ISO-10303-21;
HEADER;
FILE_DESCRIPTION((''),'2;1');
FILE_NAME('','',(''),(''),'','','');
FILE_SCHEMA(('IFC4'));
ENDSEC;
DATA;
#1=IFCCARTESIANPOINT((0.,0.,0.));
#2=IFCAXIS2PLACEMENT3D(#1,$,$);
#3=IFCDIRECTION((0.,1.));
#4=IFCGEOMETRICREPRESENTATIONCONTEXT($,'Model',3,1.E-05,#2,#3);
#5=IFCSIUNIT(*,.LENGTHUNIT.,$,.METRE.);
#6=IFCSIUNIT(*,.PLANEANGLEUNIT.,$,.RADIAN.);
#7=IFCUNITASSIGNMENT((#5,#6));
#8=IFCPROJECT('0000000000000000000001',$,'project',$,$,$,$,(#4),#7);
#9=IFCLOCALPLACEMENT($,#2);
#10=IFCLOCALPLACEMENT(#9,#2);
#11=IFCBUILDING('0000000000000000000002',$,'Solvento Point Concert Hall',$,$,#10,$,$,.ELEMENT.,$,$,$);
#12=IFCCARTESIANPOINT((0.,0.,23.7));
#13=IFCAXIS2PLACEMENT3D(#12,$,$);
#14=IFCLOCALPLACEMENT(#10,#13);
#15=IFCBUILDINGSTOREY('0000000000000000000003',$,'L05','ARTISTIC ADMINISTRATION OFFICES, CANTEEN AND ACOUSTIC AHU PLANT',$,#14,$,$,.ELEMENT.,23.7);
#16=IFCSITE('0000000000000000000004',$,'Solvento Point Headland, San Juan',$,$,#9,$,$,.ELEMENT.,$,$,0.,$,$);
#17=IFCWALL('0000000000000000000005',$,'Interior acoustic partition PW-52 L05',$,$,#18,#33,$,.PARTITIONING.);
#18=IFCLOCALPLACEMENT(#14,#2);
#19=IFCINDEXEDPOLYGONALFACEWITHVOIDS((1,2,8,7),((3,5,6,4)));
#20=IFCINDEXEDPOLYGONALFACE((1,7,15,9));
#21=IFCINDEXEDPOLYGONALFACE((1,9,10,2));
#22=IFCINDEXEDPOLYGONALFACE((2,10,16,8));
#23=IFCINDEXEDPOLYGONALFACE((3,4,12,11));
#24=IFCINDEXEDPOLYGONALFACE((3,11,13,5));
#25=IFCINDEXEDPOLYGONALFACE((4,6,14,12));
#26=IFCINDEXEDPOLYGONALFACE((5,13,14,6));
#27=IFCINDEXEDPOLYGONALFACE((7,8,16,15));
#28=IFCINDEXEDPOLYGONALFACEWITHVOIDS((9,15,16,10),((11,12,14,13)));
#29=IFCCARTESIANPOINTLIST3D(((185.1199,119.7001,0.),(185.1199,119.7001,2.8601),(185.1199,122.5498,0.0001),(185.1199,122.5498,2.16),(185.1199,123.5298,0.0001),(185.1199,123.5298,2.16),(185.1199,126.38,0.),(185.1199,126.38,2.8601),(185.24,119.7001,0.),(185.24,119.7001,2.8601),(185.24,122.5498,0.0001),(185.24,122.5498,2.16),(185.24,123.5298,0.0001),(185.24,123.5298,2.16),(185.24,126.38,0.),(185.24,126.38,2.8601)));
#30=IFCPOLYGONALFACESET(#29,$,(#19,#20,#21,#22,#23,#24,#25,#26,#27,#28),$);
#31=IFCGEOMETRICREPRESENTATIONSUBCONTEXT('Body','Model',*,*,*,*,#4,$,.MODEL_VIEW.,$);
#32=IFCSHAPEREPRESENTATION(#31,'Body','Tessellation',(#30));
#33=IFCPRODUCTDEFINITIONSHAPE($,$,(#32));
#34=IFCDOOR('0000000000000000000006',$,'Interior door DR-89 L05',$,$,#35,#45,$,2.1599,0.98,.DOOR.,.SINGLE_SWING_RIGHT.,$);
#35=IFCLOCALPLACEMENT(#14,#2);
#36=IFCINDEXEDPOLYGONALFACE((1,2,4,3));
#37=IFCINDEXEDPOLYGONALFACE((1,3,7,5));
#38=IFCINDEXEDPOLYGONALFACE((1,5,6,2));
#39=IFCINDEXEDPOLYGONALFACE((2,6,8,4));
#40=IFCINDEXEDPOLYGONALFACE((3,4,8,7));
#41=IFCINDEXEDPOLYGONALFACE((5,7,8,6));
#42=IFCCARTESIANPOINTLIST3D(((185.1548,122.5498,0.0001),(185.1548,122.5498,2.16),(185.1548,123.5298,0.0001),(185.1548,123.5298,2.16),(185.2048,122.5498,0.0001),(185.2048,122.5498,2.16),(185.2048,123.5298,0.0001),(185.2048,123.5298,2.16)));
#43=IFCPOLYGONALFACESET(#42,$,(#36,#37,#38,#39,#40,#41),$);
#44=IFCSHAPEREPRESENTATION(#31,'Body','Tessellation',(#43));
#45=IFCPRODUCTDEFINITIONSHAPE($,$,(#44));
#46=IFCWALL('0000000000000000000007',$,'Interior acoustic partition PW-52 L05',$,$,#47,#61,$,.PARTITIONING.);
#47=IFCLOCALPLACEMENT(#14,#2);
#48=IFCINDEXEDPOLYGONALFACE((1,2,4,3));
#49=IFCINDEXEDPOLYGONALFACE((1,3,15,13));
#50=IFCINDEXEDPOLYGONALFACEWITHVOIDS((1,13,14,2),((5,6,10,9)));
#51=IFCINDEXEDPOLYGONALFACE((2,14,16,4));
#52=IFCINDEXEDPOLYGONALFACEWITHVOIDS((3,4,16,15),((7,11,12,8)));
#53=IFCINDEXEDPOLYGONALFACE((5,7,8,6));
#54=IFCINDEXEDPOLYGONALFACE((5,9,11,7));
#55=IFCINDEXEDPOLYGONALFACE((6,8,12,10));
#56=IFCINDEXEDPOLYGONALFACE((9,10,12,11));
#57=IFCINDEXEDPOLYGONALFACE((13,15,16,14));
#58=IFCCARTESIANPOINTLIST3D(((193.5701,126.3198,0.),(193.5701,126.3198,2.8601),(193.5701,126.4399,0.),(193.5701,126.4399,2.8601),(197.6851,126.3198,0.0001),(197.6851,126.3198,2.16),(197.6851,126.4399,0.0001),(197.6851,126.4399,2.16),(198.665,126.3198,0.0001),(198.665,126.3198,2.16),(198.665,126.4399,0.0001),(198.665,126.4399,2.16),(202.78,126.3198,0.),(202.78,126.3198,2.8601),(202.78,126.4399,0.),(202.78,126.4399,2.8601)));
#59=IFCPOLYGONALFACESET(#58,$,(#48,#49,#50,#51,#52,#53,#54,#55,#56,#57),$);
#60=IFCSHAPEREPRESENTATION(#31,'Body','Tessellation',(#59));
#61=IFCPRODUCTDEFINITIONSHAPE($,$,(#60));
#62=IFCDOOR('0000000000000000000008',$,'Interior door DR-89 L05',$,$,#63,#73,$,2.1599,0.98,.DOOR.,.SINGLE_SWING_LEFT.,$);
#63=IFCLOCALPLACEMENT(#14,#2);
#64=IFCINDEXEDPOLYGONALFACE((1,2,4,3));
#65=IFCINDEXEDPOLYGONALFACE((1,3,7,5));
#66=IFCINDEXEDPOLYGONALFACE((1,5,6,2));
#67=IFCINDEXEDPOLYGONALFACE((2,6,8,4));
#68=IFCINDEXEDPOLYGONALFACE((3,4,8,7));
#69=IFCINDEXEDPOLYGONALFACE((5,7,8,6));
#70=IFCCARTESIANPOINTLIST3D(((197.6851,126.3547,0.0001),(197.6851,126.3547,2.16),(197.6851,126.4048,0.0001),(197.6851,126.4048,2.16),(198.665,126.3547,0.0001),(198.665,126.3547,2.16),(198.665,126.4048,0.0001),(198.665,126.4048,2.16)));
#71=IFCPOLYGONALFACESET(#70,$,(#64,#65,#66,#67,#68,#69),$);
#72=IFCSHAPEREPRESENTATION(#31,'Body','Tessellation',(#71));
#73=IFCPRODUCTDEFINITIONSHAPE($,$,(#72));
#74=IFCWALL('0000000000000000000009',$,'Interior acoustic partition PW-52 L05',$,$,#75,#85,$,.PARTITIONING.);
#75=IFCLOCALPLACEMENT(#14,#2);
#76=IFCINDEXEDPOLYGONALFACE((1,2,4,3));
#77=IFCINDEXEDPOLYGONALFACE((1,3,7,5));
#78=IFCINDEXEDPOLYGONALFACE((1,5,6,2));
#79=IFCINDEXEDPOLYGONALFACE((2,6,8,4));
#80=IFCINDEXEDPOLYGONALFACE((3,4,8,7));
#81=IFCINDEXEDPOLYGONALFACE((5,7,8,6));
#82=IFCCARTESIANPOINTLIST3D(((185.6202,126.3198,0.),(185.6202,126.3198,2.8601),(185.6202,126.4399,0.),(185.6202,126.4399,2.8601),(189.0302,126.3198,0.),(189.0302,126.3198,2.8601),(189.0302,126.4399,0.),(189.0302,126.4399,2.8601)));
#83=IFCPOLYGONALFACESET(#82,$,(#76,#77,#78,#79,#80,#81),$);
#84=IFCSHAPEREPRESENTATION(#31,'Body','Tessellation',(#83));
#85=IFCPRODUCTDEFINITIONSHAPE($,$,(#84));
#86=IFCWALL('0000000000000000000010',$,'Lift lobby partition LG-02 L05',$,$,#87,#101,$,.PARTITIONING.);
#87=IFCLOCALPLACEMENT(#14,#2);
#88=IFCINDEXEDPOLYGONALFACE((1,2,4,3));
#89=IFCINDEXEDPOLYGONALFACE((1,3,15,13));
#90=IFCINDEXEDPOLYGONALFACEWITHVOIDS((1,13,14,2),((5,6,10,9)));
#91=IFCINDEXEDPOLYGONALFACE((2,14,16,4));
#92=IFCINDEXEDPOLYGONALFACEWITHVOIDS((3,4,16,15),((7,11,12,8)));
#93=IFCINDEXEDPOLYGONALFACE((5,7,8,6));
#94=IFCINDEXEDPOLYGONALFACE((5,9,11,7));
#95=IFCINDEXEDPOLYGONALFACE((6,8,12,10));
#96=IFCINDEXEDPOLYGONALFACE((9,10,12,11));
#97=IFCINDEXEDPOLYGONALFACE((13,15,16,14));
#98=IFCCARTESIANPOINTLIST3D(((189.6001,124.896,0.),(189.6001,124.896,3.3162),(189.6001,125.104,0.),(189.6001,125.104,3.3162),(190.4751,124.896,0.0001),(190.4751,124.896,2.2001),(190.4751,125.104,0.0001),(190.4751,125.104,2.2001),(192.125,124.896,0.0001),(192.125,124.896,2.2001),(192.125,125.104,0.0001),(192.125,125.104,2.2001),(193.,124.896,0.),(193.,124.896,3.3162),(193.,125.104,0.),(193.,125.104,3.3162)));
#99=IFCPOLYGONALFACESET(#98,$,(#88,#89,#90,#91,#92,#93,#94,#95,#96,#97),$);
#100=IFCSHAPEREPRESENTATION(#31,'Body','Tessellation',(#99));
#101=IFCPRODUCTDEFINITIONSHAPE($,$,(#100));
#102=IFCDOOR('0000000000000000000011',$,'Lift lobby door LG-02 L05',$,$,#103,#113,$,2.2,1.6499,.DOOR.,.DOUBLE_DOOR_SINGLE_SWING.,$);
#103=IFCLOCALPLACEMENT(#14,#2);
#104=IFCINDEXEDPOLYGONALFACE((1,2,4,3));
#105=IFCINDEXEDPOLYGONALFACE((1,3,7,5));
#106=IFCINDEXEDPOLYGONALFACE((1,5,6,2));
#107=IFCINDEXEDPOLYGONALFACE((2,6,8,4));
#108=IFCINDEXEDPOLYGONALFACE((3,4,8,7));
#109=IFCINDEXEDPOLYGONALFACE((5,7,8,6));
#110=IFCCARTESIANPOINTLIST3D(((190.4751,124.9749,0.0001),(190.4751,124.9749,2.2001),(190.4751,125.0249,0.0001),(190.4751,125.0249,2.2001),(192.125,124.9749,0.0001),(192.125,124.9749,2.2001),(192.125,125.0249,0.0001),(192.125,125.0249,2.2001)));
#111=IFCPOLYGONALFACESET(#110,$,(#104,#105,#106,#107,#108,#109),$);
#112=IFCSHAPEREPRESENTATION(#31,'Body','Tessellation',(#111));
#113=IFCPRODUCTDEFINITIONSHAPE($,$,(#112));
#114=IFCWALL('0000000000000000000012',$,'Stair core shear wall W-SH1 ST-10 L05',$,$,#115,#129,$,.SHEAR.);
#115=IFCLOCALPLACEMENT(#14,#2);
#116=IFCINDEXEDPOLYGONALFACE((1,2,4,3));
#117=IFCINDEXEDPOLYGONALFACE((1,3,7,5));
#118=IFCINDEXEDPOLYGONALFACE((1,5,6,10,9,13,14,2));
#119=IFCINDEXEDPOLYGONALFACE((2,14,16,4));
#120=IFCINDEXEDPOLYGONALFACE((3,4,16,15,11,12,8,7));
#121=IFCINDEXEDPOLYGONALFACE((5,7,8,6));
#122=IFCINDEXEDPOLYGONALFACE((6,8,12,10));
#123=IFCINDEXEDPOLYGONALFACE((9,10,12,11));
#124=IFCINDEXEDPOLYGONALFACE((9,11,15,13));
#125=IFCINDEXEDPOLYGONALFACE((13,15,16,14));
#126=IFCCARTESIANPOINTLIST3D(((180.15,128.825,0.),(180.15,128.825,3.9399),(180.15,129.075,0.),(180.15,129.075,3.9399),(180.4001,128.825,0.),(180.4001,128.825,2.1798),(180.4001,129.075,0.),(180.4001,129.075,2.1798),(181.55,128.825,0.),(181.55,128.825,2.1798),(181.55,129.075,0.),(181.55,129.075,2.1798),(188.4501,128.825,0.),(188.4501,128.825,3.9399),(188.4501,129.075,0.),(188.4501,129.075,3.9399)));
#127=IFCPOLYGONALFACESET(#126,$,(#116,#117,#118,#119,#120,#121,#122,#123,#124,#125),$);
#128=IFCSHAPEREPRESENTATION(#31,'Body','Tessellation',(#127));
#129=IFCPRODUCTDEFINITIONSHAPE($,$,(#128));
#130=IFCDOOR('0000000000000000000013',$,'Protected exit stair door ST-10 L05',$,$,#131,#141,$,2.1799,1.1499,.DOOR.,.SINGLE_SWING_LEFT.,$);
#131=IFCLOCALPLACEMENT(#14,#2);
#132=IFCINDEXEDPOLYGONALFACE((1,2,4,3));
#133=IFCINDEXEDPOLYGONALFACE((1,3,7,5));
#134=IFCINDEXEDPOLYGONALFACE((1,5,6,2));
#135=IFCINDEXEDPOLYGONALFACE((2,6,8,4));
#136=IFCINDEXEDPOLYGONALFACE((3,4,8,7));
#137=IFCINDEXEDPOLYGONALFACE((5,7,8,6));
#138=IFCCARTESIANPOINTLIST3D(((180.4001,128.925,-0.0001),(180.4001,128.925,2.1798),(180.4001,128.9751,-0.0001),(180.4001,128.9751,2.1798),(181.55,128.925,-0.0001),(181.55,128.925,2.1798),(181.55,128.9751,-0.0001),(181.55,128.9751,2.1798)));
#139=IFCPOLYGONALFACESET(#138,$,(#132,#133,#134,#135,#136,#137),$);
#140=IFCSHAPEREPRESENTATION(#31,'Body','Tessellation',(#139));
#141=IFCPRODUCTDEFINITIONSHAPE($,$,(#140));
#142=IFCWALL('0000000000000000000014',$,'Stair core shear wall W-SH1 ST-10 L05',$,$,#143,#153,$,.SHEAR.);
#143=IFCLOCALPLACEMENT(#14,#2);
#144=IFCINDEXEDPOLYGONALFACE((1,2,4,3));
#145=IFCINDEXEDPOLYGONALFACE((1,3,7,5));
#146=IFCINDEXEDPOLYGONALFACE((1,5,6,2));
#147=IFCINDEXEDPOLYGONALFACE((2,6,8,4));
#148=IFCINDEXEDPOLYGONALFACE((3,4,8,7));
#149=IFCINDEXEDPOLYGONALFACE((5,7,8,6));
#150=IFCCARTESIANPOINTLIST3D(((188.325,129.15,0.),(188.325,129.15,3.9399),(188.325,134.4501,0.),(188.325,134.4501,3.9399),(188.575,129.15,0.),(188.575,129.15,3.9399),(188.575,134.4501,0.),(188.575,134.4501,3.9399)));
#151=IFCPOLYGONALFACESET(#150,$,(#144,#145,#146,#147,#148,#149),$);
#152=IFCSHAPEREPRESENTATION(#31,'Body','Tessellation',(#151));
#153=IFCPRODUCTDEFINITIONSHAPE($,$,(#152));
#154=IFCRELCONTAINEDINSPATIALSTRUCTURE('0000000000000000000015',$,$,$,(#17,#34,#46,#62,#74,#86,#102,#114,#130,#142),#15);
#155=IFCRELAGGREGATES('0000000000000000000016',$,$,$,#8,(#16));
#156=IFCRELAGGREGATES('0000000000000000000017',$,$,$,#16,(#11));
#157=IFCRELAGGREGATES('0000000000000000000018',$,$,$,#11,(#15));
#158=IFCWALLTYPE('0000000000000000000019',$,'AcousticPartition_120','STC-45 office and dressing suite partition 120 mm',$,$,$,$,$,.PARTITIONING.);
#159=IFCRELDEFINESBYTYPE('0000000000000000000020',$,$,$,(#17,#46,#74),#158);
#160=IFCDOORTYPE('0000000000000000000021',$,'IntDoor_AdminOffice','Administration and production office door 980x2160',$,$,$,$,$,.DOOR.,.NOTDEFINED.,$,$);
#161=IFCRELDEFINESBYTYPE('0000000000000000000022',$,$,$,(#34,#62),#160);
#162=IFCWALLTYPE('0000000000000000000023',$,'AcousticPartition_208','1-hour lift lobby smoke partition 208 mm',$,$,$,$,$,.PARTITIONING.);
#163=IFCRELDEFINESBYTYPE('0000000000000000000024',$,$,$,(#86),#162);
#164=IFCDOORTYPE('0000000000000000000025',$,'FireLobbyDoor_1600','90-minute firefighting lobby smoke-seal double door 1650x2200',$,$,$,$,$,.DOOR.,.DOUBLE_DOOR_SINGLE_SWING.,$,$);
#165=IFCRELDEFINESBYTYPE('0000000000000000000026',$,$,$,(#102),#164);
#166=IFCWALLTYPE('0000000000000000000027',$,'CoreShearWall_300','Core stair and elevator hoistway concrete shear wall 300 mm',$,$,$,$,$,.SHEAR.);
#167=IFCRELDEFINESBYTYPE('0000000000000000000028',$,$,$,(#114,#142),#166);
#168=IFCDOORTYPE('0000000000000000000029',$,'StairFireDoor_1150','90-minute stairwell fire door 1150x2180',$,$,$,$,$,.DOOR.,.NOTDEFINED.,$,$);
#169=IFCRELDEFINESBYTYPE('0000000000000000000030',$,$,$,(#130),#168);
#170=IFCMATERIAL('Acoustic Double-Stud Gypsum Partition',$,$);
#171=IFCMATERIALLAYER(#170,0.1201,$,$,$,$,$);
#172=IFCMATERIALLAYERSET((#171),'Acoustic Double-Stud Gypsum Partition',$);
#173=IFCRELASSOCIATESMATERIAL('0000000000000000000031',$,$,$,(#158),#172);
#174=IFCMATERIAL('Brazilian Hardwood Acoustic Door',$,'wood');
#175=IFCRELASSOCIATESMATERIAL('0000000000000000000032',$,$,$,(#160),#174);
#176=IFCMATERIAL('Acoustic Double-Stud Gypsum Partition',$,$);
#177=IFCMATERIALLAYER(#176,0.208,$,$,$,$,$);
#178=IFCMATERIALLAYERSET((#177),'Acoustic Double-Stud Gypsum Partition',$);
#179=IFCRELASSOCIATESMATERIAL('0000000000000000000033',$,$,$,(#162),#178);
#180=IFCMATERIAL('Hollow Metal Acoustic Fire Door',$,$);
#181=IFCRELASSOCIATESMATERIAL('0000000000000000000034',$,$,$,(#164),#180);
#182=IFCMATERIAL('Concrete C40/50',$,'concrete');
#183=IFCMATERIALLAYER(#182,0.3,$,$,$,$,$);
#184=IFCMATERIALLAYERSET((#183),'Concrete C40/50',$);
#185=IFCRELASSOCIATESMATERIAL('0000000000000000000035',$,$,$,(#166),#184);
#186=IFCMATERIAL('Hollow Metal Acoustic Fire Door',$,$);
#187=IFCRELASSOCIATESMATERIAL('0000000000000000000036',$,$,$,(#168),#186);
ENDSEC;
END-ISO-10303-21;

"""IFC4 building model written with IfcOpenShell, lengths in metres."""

from ifc_helpers import new_model, si_unit, direction, frame, frame_2d, origin, place, context, subcontext, project, spatial, rectangle, extrude, material, layer, layer_set, type_object, element, fill, save


model = new_model("IFC4")

# Units and contexts
model_context = context("Model", 3, precision=1e-05, world=origin(), true_north=direction((0.0, 1.0)))
body_context = subcontext(model_context, "Body", "Model", "MODEL_VIEW")
ifc_project = project(units=[si_unit("LENGTHUNIT", "METRE"), si_unit("PLANEANGLEUNIT", "RADIAN")], contexts=[model_context])

# Site, building, storey
site_placement = place(None, origin())
site = spatial("IfcSite", under=ifc_project, at=site_placement, Name="Solvento Point Headland, San Juan", CompositionType="ELEMENT", RefElevation=0.0)
building_placement = place(site_placement, origin())
building = spatial("IfcBuilding", under=site, at=building_placement, Name="Solvento Point Concert Hall", CompositionType="ELEMENT")
storey_placement = place(building_placement, frame((0.0, 0.0, 23.7)))
storey = spatial("IfcBuildingStorey", under=building, at=storey_placement, Name="L05", Description="ARTISTIC ADMINISTRATION OFFICES, CANTEEN AND ACOUSTIC AHU PLANT", CompositionType="ELEMENT", Elevation=23.7)

# Walls, openings, doors
ifc_material_1 = material(Name="Acoustic Double-Stud Gypsum Partition")
ifc_layer_1 = layer(ifc_material_1, 0.1201)
ifc_layer_set_1 = layer_set([ifc_layer_1], Name="Acoustic Double-Stud Gypsum Partition")
wall_type_1 = type_object("IfcWallType", Name="AcousticPartition_120", Description="STC-45 office and dressing suite partition 120 mm", PredefinedType="PARTITIONING", material=ifc_layer_set_1)
wall_1_placement = place(storey_placement, frame((185.1799, 126.3799, 0.0), z_axis=(0.0, 0.0, 1.0), x_axis=(0.0, -1.0, 0.0)))
wall_1 = element("IfcWall", 1, at=wall_1_placement, inside=storey, type_object=wall_type_1, Name="Interior acoustic partition PW-52 L05", PredefinedType="PARTITIONING", context=body_context, shape_type="SweptSolid", body=[
    extrude(rectangle(XDim=6.6799, YDim=0.1201, at=frame_2d((3.3398, 0.0))), origin(), (0.0, 0.0, 1.0), 2.8601),
])
opening_1_placement = place(wall_1_placement, frame((2.8501, 0.0, 0.0)))
opening_1 = element("IfcOpeningElement", 2, at=opening_1_placement, cuts=wall_1, PredefinedType="OPENING", context=body_context, shape_type="SweptSolid", body=[
    extrude(rectangle(XDim=0.98, YDim=2.1599, at=frame_2d((0.49, 1.0801))), frame((0.0, 0.0701, 0.0), z_axis=(0.0, -1.0, 0.0), x_axis=(1.0, 0.0, 0.0)), (0.0, 0.0, 1.0), 0.1401),
])
ifc_material_2 = material(Name="Brazilian Hardwood Acoustic Door", Category="wood")
door_type_1 = type_object("IfcDoorType", Name="IntDoor_AdminOffice", Description="Administration and production office door 980x2160", OperationType="NOTDEFINED", PredefinedType="DOOR", material=ifc_material_2)
door_1_placement = place(opening_1_placement, origin())
door_1 = element("IfcDoor", 3, at=door_1_placement, inside=storey, type_object=door_type_1, Name="Interior door DR-89 L05", OperationType="SINGLE_SWING_RIGHT", OverallHeight=2.1599, OverallWidth=0.98, PredefinedType="DOOR", context=body_context, shape_type="SweptSolid", body=[
    extrude(rectangle(XDim=0.98, YDim=2.1599, at=frame_2d((0.49, 1.0801))), frame((0.0, 0.0249, 0.0), z_axis=(0.0, -1.0, 0.0), x_axis=(1.0, 0.0, 0.0)), (0.0, 0.0, 1.0), 0.05),
])
fill(opening_1, door_1)
wall_2_placement = place(storey_placement, frame((193.5701, 126.3799, 0.0), z_axis=(0.0, 0.0, 1.0), x_axis=(1.0, 0.0, 0.0)))
wall_2 = element("IfcWall", 4, at=wall_2_placement, inside=storey, type_object=wall_type_1, Name="Interior acoustic partition PW-52 L05", PredefinedType="PARTITIONING", context=body_context, shape_type="SweptSolid", body=[
    extrude(rectangle(XDim=9.21, YDim=0.1201, at=frame_2d((4.605, 0.0))), origin(), (0.0, 0.0, 1.0), 2.8601),
])
opening_2_placement = place(wall_2_placement, frame((4.115, 0.0, 0.0)))
opening_2 = element("IfcOpeningElement", 5, at=opening_2_placement, cuts=wall_2, PredefinedType="OPENING", context=body_context, shape_type="SweptSolid", body=[
    extrude(rectangle(XDim=0.98, YDim=2.1599, at=frame_2d((0.49, 1.0801))), frame((0.0, 0.0701, 0.0), z_axis=(0.0, -1.0, 0.0), x_axis=(1.0, 0.0, 0.0)), (0.0, 0.0, 1.0), 0.1401),
])
door_2_placement = place(opening_2_placement, origin())
door_2 = element("IfcDoor", 6, at=door_2_placement, inside=storey, type_object=door_type_1, Name="Interior door DR-89 L05", OperationType="SINGLE_SWING_LEFT", OverallHeight=2.1599, OverallWidth=0.98, PredefinedType="DOOR", context=body_context, shape_type="SweptSolid", body=[
    extrude(rectangle(XDim=0.98, YDim=2.1599, at=frame_2d((0.49, 1.0801))), frame((0.0, 0.0249, 0.0), z_axis=(0.0, -1.0, 0.0), x_axis=(1.0, 0.0, 0.0)), (0.0, 0.0, 1.0), 0.05),
])
fill(opening_2, door_2)

# Wall
wall_3_placement = place(storey_placement, frame((185.6201, 126.3799, 0.0), z_axis=(0.0, 0.0, 1.0), x_axis=(1.0, 0.0, 0.0)))
element("IfcWall", 7, at=wall_3_placement, inside=storey, type_object=wall_type_1, Name="Interior acoustic partition PW-52 L05", PredefinedType="PARTITIONING", context=body_context, shape_type="SweptSolid", body=[
    extrude(rectangle(XDim=3.4099, YDim=0.1201, at=frame_2d((1.7051, 0.0))), origin(), (0.0, 0.0, 1.0), 2.8601),
])

# Walls, openings, doors
ifc_material_3 = material(Name="Acoustic Double-Stud Gypsum Partition")
ifc_layer_2 = layer(ifc_material_3, 0.208)
ifc_layer_set_2 = layer_set([ifc_layer_2], Name="Acoustic Double-Stud Gypsum Partition")
wall_type_2 = type_object("IfcWallType", Name="AcousticPartition_208", Description="1-hour lift lobby smoke partition 208 mm", PredefinedType="PARTITIONING", material=ifc_layer_set_2)
wall_4_placement = place(storey_placement, frame((189.6001, 125.0, 0.0), z_axis=(0.0, 0.0, 1.0), x_axis=(1.0, 0.0, 0.0)))
wall_4 = element("IfcWall", 8, at=wall_4_placement, inside=storey, type_object=wall_type_2, Name="Lift lobby partition LG-02 L05", PredefinedType="PARTITIONING", context=body_context, shape_type="SweptSolid", body=[
    extrude(rectangle(XDim=3.3999, YDim=0.208, at=frame_2d((1.7, 0.0))), origin(), (0.0, 0.0, 1.0), 3.3162),
])
opening_3_placement = place(wall_4_placement, frame((0.875, 0.0, 0.0)))
opening_3 = element("IfcOpeningElement", 9, at=opening_3_placement, cuts=wall_4, PredefinedType="OPENING", context=body_context, shape_type="SweptSolid", body=[
    extrude(rectangle(XDim=1.6499, YDim=2.2, at=frame_2d((0.825, 1.1001))), frame((0.0, 0.114, 0.0), z_axis=(0.0, -1.0, 0.0), x_axis=(1.0, 0.0, 0.0)), (0.0, 0.0, 1.0), 0.228),
])
ifc_material_4 = material(Name="Hollow Metal Acoustic Fire Door")
door_type_2 = type_object("IfcDoorType", Name="FireLobbyDoor_1600", Description="90-minute firefighting lobby smoke-seal double door 1650x2200", OperationType="DOUBLE_DOOR_SINGLE_SWING", PredefinedType="DOOR", material=ifc_material_4)
door_3_placement = place(opening_3_placement, origin())
door_3 = element("IfcDoor", 10, at=door_3_placement, inside=storey, type_object=door_type_2, Name="Lift lobby door LG-02 L05", OperationType="DOUBLE_DOOR_SINGLE_SWING", OverallHeight=2.2, OverallWidth=1.6499, PredefinedType="DOOR", context=body_context, shape_type="SweptSolid", body=[
    extrude(rectangle(XDim=1.6499, YDim=2.2, at=frame_2d((0.825, 1.1001))), frame((0.0, 0.0249, 0.0), z_axis=(0.0, -1.0, 0.0), x_axis=(1.0, 0.0, 0.0)), (0.0, 0.0, 1.0), 0.05),
])
fill(opening_3, door_3)
ifc_material_5 = material(Name="Concrete C40/50", Category="concrete")
ifc_layer_3 = layer(ifc_material_5, 0.3)
ifc_layer_set_3 = layer_set([ifc_layer_3], Name="Concrete C40/50")
wall_type_3 = type_object("IfcWallType", Name="CoreShearWall_300", Description="Core stair and elevator hoistway concrete shear wall 300 mm", PredefinedType="SHEAR", material=ifc_layer_set_3)
wall_5_placement = place(storey_placement, frame((188.45, 128.95, 0.0), z_axis=(0.0, 0.0, 1.0), x_axis=(-1.0, 0.0, 0.0)))
wall_5 = element("IfcWall", 11, at=wall_5_placement, inside=storey, type_object=wall_type_3, Name="Stair core shear wall W-SH1 ST-10 L05", PredefinedType="SHEAR", context=body_context, shape_type="SweptSolid", body=[
    extrude(rectangle(XDim=8.3, YDim=0.25, at=frame_2d((4.1499, 0.0))), origin(), (0.0, 0.0, 1.0), 3.9399),
])
opening_4_placement = place(wall_5_placement, frame((6.8999, 0.0, 0.0)))
opening_4 = element("IfcOpeningElement", 12, at=opening_4_placement, cuts=wall_5, PredefinedType="OPENING", context=body_context, shape_type="SweptSolid", body=[
    extrude(rectangle(XDim=1.1499, YDim=2.1799, at=frame_2d((0.575, 1.0898))), frame((0.0, 0.135, 0.0), z_axis=(0.0, -1.0, 0.0), x_axis=(1.0, 0.0, 0.0)), (0.0, 0.0, 1.0), 0.27),
])
ifc_material_6 = material(Name="Hollow Metal Acoustic Fire Door")
door_type_3 = type_object("IfcDoorType", Name="StairFireDoor_1150", Description="90-minute stairwell fire door 1150x2180", OperationType="NOTDEFINED", PredefinedType="DOOR", material=ifc_material_6)
door_4_placement = place(opening_4_placement, origin())
door_4 = element("IfcDoor", 13, at=door_4_placement, inside=storey, type_object=door_type_3, Name="Protected exit stair door ST-10 L05", OperationType="SINGLE_SWING_LEFT", OverallHeight=2.1799, OverallWidth=1.1499, PredefinedType="DOOR", context=body_context, shape_type="SweptSolid", body=[
    extrude(rectangle(XDim=1.1499, YDim=2.1799, at=frame_2d((0.575, 1.0898))), frame((0.0, 0.0249, 0.0), z_axis=(0.0, -1.0, 0.0), x_axis=(1.0, 0.0, 0.0)), (0.0, 0.0, 1.0), 0.05),
])
fill(opening_4, door_4)

# Wall
wall_6_placement = place(storey_placement, frame((188.45, 134.45, 0.0), z_axis=(0.0, 0.0, 1.0), x_axis=(0.0, -1.0, 0.0)))
element("IfcWall", 14, at=wall_6_placement, inside=storey, type_object=wall_type_3, Name="Stair core shear wall W-SH1 ST-10 L05", PredefinedType="SHEAR", context=body_context, shape_type="SweptSolid", body=[
    extrude(rectangle(XDim=5.3, YDim=0.25, at=frame_2d((2.6499, 0.0))), origin(), (0.0, 0.0, 1.0), 3.9399),
])

save(model, "model.ifc")
